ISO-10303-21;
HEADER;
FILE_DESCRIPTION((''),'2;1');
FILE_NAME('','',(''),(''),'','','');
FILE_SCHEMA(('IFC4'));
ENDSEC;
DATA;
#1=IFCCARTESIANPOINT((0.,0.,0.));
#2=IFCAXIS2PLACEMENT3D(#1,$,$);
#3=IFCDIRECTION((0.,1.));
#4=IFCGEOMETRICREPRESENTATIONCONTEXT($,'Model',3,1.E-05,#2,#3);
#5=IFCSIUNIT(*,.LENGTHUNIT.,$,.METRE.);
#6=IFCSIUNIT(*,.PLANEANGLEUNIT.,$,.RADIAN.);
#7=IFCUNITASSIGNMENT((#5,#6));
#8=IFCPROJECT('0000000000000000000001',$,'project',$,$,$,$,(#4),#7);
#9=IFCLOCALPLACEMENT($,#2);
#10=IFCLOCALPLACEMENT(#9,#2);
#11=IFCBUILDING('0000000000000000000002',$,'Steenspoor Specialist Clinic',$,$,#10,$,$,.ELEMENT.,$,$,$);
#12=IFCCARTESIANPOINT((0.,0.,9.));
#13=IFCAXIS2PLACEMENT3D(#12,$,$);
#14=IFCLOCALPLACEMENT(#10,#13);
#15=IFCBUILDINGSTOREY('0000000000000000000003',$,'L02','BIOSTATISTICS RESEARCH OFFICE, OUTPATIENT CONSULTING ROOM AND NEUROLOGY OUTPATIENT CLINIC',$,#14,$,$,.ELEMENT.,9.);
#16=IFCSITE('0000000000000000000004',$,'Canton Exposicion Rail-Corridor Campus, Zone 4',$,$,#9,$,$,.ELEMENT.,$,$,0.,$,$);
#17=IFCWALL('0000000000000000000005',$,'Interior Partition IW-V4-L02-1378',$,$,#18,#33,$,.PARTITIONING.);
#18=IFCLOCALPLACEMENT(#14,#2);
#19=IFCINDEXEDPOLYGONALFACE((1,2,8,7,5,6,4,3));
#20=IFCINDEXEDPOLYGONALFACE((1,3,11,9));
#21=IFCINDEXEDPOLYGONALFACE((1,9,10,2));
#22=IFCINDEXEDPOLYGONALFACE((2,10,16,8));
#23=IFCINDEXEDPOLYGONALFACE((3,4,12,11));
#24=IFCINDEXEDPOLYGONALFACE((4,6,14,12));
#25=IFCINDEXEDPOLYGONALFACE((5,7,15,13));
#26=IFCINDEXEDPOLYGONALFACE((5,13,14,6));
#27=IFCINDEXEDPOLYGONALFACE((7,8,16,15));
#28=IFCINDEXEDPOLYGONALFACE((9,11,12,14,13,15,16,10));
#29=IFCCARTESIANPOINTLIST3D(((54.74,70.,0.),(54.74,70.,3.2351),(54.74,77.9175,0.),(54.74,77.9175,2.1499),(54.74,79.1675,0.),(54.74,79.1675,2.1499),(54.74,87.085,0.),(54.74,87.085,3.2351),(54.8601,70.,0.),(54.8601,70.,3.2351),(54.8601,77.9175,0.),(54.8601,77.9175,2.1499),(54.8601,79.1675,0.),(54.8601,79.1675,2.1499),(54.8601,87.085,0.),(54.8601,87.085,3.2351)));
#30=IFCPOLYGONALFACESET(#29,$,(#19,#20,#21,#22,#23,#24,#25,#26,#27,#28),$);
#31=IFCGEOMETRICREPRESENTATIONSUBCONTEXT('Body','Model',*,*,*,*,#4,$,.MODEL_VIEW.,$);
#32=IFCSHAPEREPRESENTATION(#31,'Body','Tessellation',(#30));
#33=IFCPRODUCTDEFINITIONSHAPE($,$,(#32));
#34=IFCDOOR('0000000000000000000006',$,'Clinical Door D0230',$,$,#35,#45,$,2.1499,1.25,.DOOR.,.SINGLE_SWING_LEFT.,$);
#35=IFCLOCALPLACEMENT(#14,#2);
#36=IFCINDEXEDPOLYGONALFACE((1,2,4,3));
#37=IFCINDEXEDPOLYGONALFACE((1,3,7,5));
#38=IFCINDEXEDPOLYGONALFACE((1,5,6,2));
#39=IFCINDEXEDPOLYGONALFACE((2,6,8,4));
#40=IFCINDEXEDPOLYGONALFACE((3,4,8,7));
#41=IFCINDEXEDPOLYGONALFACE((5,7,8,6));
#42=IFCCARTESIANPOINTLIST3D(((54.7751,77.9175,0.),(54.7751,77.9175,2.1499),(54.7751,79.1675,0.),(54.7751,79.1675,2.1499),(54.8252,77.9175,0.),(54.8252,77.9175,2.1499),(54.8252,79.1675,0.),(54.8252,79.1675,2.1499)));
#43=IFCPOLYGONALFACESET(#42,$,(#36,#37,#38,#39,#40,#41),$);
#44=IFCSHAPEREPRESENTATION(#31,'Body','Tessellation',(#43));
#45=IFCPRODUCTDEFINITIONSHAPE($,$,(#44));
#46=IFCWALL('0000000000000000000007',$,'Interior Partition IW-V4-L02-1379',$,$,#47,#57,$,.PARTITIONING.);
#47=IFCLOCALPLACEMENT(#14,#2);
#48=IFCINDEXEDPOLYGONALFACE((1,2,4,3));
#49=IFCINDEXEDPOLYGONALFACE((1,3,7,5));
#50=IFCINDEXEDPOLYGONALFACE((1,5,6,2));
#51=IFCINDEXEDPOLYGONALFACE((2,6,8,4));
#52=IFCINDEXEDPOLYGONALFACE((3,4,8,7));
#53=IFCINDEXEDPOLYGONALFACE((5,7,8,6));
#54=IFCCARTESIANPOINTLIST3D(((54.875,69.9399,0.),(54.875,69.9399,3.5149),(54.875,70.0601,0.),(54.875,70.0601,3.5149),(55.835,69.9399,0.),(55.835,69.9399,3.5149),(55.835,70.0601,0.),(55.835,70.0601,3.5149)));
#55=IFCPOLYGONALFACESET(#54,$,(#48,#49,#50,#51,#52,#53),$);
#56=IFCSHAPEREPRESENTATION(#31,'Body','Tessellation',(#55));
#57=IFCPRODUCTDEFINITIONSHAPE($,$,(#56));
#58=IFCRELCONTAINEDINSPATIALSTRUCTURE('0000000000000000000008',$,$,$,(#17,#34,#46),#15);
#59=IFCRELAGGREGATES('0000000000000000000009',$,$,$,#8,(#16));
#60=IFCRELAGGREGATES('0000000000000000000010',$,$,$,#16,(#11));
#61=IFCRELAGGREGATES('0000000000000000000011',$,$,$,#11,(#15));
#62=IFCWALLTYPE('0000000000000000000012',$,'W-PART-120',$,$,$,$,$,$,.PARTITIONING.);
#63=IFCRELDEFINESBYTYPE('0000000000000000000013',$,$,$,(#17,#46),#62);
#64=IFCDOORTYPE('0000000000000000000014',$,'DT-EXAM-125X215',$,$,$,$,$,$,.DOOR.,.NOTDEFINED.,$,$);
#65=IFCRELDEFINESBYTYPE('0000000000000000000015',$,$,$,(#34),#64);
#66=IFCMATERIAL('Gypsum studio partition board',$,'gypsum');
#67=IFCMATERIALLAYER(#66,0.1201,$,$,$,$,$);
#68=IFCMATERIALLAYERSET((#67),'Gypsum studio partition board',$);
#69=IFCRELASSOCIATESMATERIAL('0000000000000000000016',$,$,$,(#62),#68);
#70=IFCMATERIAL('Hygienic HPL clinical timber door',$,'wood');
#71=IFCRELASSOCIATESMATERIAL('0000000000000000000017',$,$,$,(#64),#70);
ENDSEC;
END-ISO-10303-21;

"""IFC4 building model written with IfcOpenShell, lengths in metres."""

from ifc_helpers import new_model, si_unit, direction, frame, frame_2d, origin, place, context, subcontext, project, spatial, rectangle, extrude, material, layer, layer_set, type_object, element, fill, save


model = new_model("IFC4")

# Units and contexts
model_context = context("Model", 3, precision=1e-05, world=origin(), true_north=direction((0.0, 1.0)))
body_context = subcontext(model_context, "Body", "Model", "MODEL_VIEW")
ifc_project = project(units=[si_unit("LENGTHUNIT", "METRE"), si_unit("PLANEANGLEUNIT", "RADIAN")], contexts=[model_context])

# Site, building, storey
site_placement = place(None, origin())
site = spatial("IfcSite", under=ifc_project, at=site_placement, Name="Canton Exposicion Rail-Corridor Campus, Zone 4", CompositionType="ELEMENT", RefElevation=0.0)
building_placement = place(site_placement, origin())
building = spatial("IfcBuilding", under=site, at=building_placement, Name="Steenspoor Specialist Clinic", CompositionType="ELEMENT")
storey_placement = place(building_placement, frame((0.0, 0.0, 9.0)))
storey = spatial("IfcBuildingStorey", under=building, at=storey_placement, Name="L02", Description="BIOSTATISTICS RESEARCH OFFICE, OUTPATIENT CONSULTING ROOM AND NEUROLOGY OUTPATIENT CLINIC", CompositionType="ELEMENT", Elevation=9.0)

# Wall, opening, door
ifc_material_1 = material(Name="Gypsum studio partition board", Category="gypsum")
ifc_layer_1 = layer(ifc_material_1, 0.1201)
ifc_layer_set_1 = layer_set([ifc_layer_1], Name="Gypsum studio partition board")
wall_type_1 = type_object("IfcWallType", Name="W-PART-120", PredefinedType="PARTITIONING", material=ifc_layer_set_1)
wall_1_placement = place(storey_placement, frame((54.8, 70.0, 0.0), z_axis=(0.0, 0.0, 1.0), x_axis=(0.0, 1.0, 0.0)))
wall_1 = element("IfcWall", 1, at=wall_1_placement, inside=storey, type_object=wall_type_1, Name="Interior Partition IW-V4-L02-1378", PredefinedType="PARTITIONING", context=body_context, shape_type="SweptSolid", body=[
    extrude(rectangle(XDim=17.085, YDim=0.1201, at=frame_2d((8.5425, 0.0))), origin(), (0.0, 0.0, 1.0), 3.2351),
])
opening_1_placement = place(wall_1_placement, frame((7.9175, 0.0, 0.0)))
opening_1 = element("IfcOpeningElement", 2, at=opening_1_placement, cuts=wall_1, PredefinedType="OPENING", context=body_context, shape_type="SweptSolid", body=[
    extrude(rectangle(XDim=1.25, YDim=2.1499, at=frame_2d((0.625, 1.075))), frame((0.0, 0.0701, 0.0), z_axis=(0.0, -1.0, 0.0), x_axis=(1.0, 0.0, 0.0)), (0.0, 0.0, 1.0), 0.1401),
])
ifc_material_2 = material(Name="Hygienic HPL clinical timber door", Category="wood")
door_type = type_object("IfcDoorType", Name="DT-EXAM-125X215", OperationType="NOTDEFINED", PredefinedType="DOOR", material=ifc_material_2)
door_placement = place(opening_1_placement, origin())
door = element("IfcDoor", 3, at=door_placement, inside=storey, type_object=door_type, Name="Clinical Door D0230", OperationType="SINGLE_SWING_LEFT", OverallHeight=2.1499, OverallWidth=1.25, PredefinedType="DOOR", context=body_context, shape_type="SweptSolid", body=[
    extrude(rectangle(XDim=1.25, YDim=2.1499, at=frame_2d((0.625, 1.075))), frame((0.0, 0.0249, 0.0), z_axis=(0.0, -1.0, 0.0), x_axis=(1.0, 0.0, 0.0)), (0.0, 0.0, 1.0), 0.05),
])
fill(opening_1, door)

# Wall
wall_2_placement = place(storey_placement, frame((54.875, 70.0, 0.0), z_axis=(0.0, 0.0, 1.0), x_axis=(1.0, 0.0, 0.0)))
element("IfcWall", 4, at=wall_2_placement, inside=storey, type_object=wall_type_1, Name="Interior Partition IW-V4-L02-1379", PredefinedType="PARTITIONING", context=body_context, shape_type="SweptSolid", body=[
    extrude(rectangle(XDim=0.96, YDim=0.1201, at=frame_2d((0.48, 0.0))), origin(), (0.0, 0.0, 1.0), 3.5149),
])

save(model, "model.ifc")
